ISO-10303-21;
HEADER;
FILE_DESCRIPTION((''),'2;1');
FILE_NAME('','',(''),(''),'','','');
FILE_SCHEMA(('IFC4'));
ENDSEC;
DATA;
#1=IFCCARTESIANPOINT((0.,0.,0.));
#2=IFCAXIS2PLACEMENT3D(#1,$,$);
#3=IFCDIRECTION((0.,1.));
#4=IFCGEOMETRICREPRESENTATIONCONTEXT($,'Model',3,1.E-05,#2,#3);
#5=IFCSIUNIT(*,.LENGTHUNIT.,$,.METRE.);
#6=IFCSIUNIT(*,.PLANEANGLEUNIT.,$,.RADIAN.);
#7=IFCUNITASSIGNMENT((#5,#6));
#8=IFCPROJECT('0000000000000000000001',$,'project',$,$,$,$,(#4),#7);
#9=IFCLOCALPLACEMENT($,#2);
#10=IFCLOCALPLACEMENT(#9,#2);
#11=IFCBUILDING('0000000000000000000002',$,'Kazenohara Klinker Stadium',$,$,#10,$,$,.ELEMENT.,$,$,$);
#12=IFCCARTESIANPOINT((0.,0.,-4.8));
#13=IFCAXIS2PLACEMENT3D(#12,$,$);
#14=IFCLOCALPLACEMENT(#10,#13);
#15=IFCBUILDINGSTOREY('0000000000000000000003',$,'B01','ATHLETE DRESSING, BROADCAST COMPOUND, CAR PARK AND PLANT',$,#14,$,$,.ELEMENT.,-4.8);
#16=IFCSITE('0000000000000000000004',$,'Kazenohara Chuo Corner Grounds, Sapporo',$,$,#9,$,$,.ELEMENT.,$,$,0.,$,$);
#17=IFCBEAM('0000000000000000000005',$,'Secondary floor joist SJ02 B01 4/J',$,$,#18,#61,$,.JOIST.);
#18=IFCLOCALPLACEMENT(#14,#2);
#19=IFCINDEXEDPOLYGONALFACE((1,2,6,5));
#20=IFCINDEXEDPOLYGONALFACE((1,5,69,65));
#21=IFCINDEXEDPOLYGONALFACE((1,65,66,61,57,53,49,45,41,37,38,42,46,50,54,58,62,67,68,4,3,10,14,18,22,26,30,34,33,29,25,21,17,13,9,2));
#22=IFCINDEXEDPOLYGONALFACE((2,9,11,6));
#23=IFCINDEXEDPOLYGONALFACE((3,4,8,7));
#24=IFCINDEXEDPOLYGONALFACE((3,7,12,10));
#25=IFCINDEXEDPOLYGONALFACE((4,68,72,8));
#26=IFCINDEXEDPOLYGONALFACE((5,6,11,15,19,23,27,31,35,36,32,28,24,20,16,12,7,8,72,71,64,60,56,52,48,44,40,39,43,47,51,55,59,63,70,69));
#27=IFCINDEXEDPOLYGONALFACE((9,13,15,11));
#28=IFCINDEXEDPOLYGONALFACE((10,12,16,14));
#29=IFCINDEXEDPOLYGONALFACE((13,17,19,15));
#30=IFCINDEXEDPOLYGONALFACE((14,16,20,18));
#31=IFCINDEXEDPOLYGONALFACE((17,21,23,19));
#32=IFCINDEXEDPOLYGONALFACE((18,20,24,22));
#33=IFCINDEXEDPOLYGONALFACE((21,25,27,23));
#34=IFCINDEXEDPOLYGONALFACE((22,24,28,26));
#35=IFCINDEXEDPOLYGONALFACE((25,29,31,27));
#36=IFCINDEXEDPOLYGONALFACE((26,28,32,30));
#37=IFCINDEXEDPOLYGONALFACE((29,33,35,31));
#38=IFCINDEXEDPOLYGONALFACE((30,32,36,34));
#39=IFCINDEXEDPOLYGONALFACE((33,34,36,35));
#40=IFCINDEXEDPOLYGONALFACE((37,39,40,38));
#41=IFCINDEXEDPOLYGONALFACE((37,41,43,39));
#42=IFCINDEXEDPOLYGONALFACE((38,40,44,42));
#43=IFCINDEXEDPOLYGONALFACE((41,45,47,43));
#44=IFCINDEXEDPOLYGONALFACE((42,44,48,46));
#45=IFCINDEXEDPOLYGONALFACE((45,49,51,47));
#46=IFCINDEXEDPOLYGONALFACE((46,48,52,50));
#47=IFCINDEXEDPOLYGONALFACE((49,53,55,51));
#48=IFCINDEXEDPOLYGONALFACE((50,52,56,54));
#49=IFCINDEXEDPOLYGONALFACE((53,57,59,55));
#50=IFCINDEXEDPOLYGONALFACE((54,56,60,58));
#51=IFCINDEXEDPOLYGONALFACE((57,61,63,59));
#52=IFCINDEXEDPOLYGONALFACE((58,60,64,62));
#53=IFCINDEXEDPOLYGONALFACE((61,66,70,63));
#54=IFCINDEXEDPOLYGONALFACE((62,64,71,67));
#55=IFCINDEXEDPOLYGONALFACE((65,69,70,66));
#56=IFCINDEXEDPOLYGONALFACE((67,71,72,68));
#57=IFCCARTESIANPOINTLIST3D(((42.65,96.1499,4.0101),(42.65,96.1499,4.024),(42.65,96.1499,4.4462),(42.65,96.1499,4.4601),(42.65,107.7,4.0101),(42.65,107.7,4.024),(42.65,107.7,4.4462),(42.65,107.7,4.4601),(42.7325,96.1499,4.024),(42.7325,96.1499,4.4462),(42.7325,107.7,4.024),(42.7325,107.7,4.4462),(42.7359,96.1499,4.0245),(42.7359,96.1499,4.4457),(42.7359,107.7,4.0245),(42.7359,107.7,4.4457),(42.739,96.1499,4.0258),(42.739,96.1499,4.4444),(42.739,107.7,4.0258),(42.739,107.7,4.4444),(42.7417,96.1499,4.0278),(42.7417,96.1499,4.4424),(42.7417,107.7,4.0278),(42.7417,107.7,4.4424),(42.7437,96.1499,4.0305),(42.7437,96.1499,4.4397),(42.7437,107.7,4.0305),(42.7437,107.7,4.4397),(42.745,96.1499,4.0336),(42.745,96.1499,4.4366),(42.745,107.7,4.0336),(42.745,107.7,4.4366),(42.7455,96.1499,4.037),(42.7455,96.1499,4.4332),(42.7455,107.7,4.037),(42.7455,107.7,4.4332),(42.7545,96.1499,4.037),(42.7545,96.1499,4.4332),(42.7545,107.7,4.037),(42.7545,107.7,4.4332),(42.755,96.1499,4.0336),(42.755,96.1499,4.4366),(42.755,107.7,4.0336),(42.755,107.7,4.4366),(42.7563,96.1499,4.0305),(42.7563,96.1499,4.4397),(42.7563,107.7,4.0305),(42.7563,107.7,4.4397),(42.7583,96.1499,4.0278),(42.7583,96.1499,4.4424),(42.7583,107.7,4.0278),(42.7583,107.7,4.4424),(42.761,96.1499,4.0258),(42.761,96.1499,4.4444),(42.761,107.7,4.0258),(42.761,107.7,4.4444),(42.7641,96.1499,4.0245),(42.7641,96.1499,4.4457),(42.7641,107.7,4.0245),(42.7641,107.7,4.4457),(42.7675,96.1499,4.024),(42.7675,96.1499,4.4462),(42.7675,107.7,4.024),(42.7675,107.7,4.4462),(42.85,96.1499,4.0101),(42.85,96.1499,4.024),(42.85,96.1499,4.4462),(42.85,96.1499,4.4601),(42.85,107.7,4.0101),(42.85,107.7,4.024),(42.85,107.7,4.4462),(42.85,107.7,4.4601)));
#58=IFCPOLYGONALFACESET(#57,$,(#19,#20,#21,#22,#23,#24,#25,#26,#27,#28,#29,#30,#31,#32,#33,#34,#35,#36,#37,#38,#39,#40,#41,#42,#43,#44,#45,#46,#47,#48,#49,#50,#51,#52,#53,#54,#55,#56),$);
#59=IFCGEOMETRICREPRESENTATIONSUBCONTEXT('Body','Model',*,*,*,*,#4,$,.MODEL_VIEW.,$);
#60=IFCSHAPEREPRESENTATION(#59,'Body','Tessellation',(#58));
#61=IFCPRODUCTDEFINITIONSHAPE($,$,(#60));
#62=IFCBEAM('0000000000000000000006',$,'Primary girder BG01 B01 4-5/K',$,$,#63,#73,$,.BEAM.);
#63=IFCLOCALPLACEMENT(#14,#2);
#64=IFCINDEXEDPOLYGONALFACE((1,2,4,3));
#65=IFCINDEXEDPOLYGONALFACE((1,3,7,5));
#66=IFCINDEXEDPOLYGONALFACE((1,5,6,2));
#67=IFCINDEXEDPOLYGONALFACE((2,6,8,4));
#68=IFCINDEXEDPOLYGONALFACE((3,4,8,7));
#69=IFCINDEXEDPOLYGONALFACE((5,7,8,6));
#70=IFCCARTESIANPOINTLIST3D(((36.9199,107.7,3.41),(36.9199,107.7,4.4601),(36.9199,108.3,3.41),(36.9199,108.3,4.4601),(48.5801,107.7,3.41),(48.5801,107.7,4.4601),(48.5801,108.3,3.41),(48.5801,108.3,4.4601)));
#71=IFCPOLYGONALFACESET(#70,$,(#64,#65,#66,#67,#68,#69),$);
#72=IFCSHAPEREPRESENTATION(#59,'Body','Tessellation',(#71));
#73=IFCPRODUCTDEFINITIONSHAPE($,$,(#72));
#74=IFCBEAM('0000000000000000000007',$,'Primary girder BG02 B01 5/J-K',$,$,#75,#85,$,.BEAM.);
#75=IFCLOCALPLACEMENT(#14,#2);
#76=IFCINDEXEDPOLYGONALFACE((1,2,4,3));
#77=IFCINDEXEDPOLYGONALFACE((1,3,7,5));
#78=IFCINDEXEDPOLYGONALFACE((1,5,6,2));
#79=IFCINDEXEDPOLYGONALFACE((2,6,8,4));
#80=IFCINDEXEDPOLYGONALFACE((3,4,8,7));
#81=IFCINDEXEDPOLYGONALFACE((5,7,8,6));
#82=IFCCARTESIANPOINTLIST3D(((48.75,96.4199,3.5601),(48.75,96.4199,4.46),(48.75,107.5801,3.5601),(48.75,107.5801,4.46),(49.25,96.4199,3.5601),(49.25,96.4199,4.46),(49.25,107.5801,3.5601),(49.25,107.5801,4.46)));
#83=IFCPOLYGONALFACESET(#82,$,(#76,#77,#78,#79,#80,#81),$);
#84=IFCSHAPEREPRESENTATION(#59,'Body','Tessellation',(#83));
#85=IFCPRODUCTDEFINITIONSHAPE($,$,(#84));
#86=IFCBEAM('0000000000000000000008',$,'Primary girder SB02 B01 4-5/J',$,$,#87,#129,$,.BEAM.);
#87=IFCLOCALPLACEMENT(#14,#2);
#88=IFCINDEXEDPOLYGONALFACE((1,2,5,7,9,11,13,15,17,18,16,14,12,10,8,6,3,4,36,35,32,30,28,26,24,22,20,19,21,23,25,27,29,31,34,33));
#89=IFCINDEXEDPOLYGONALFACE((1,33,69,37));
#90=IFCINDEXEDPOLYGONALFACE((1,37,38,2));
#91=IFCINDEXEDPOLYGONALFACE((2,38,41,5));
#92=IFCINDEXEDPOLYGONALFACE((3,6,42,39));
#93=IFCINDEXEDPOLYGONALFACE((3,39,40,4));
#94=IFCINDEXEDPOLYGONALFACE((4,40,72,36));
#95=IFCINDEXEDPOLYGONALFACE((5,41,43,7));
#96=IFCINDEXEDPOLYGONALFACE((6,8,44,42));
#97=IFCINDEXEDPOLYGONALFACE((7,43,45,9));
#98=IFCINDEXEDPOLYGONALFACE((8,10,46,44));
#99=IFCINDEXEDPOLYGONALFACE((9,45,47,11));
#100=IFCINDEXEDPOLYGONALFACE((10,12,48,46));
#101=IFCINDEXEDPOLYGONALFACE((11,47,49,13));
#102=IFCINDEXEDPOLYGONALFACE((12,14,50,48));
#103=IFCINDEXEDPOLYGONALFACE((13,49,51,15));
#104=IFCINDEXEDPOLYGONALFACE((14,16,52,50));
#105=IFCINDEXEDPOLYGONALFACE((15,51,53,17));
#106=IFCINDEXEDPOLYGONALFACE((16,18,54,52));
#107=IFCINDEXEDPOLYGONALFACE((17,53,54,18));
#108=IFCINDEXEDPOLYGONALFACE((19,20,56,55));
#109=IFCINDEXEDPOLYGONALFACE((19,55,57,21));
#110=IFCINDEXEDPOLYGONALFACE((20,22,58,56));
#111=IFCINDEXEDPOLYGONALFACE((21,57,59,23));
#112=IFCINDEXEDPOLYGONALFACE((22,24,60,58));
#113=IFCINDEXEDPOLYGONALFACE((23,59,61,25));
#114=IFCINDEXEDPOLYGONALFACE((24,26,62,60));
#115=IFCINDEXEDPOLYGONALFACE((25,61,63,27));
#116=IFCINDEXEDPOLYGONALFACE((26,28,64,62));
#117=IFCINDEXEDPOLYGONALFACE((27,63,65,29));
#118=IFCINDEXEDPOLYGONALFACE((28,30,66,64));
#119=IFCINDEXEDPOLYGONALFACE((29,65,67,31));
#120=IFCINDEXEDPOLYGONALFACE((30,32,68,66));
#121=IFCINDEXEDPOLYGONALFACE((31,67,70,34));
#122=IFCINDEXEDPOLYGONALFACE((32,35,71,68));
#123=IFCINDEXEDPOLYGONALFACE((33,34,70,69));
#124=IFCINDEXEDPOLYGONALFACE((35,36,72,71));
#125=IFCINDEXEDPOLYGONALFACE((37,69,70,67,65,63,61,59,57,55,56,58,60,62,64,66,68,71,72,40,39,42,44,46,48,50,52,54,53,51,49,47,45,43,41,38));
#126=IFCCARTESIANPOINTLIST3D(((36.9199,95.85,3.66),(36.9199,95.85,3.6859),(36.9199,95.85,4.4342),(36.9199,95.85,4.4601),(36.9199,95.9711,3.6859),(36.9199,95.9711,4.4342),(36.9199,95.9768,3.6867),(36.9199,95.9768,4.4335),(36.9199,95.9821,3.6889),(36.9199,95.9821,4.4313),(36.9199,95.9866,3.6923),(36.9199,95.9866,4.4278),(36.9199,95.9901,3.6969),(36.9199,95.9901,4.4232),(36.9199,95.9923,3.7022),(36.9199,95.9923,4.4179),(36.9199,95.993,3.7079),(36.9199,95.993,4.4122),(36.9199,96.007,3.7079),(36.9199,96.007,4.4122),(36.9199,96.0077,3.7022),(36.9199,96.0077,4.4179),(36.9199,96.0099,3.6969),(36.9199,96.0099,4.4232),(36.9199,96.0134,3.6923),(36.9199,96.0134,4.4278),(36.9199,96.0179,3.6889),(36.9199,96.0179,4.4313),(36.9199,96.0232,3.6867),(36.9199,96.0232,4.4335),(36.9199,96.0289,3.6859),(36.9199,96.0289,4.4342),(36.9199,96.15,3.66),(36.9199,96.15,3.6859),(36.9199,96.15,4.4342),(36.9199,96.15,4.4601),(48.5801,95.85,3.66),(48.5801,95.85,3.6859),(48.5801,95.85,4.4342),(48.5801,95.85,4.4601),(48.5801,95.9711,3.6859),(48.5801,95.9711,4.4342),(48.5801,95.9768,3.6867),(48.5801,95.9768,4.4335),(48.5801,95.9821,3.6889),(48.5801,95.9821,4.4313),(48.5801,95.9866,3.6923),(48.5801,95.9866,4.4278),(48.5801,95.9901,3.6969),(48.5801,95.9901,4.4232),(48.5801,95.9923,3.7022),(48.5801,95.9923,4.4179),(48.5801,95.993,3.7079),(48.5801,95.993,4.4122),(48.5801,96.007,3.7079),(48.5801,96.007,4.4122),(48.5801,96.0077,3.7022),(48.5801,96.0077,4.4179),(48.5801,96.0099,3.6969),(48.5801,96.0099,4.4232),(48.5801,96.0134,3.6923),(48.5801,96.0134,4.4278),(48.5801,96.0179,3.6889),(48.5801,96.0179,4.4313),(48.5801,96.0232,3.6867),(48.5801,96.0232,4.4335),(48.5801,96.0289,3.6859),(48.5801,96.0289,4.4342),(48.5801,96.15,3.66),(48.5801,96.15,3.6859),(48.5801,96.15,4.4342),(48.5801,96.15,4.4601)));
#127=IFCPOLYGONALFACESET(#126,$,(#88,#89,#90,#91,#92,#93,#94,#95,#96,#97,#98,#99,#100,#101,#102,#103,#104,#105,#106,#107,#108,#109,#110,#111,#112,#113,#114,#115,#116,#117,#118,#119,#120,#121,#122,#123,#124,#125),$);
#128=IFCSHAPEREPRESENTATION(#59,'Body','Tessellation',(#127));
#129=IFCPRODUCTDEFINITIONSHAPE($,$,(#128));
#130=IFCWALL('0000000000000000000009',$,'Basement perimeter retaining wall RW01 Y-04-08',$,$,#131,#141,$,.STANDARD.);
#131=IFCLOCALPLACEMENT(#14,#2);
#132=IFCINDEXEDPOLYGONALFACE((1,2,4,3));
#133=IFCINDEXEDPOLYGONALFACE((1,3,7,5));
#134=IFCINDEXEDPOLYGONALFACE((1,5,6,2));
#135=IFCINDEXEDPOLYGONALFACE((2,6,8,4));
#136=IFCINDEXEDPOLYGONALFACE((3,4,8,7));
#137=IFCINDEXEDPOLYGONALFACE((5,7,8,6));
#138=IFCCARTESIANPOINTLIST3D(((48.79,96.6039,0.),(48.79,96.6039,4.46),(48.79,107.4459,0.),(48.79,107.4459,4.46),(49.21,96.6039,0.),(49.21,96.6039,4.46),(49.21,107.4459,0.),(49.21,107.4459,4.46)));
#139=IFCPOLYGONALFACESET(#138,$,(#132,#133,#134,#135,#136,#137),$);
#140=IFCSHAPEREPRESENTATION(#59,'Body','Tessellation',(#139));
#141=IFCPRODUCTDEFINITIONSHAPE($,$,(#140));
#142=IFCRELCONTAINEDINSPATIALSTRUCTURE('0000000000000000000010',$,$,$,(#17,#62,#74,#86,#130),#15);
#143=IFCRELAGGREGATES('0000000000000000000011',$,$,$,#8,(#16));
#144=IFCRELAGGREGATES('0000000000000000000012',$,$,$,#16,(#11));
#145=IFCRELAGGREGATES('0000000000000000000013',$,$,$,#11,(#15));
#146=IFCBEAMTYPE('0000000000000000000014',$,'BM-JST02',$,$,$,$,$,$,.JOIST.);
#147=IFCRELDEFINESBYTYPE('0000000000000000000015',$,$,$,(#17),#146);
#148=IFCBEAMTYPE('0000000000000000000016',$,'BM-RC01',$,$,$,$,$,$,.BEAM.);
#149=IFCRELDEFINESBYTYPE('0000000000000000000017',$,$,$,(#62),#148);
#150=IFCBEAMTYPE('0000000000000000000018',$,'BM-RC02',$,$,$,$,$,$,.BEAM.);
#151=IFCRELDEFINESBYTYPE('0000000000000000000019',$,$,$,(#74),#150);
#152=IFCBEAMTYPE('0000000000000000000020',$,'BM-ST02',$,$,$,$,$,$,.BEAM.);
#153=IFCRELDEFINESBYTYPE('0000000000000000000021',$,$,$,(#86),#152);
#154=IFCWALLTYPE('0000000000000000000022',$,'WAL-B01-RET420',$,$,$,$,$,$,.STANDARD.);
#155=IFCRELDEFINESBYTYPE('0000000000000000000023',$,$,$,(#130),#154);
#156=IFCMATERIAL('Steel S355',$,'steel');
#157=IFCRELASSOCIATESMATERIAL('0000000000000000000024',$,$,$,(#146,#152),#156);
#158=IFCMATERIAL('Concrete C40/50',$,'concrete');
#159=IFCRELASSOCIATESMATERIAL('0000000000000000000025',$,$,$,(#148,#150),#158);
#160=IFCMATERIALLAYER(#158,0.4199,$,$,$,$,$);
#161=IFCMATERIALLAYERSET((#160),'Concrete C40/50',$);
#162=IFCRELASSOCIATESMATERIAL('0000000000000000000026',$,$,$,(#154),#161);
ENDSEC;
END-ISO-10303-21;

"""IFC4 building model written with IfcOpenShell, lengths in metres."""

from ifc_helpers import new_model, si_unit, direction, frame, frame_2d, origin, origin_2d, place, context, subcontext, project, spatial, rectangle, i_section, extrude, material, layer, layer_set, material_profile, profile_set, type_object, element, save


model = new_model("IFC4")

# Units and contexts
model_context = context("Model", 3, precision=1e-05, world=origin(), true_north=direction((0.0, 1.0)))
body_context = subcontext(model_context, "Body", "Model", "MODEL_VIEW")
ifc_project = project(units=[si_unit("LENGTHUNIT", "METRE"), si_unit("PLANEANGLEUNIT", "RADIAN")], contexts=[model_context])

# Site, building, storey
site_placement = place(None, origin())
site = spatial("IfcSite", under=ifc_project, at=site_placement, Name="Kazenohara Chuo Corner Grounds, Sapporo", CompositionType="ELEMENT", RefElevation=0.0)
building_placement = place(site_placement, origin())
building = spatial("IfcBuilding", under=site, at=building_placement, Name="Kazenohara Klinker Stadium", CompositionType="ELEMENT")
storey_placement = place(building_placement, frame((0.0, 0.0, -4.8)))
storey = spatial("IfcBuildingStorey", under=building, at=storey_placement, Name="B01", Description="ATHLETE DRESSING, BROADCAST COMPOUND, CAR PARK AND PLANT", CompositionType="ELEMENT", Elevation=-4.8)

# Shared definitions
ifc_material_1 = material(Name="Concrete C40/50", Category="concrete")

# Beams
ifc_material_2 = material(Name="Steel S355", Category="steel")
ifc_material_profile_1 = material_profile(ifc_material_2, i_section(OverallWidth=0.2, OverallDepth=0.45, WebThickness=0.009, FlangeThickness=0.0139, FilletRadius=0.0129, at=origin_2d()), Name="H-450x200x9x14")
ifc_profile_set_1 = profile_set([ifc_material_profile_1], Name="Steel S355")
beam_type_1 = type_object("IfcBeamType", Name="BM-JST02", PredefinedType="JOIST", material=ifc_profile_set_1)
beam_1_placement = place(storey_placement, frame((42.75, 96.1499, 4.2351), z_axis=(0.0, 1.0, 0.0), x_axis=(-1.0, 0.0, 0.0)))
element("IfcBeam", 1, at=beam_1_placement, inside=storey, type_object=beam_type_1, Name="Secondary floor joist SJ02 B01 4/J", PredefinedType="JOIST", context=body_context, shape_type="SweptSolid", body=[
    extrude(i_section(OverallWidth=0.2, OverallDepth=0.45, WebThickness=0.009, FlangeThickness=0.0139, FilletRadius=0.0129, at=origin_2d()), origin(), (0.0, 0.0, 1.0), 11.55),
])
ifc_material_profile_2 = material_profile(ifc_material_1, rectangle(XDim=0.6001, YDim=1.05, at=origin_2d()), Name="RC-BM-600x1050")
ifc_profile_set_2 = profile_set([ifc_material_profile_2], Name="Concrete C40/50")
beam_type_2 = type_object("IfcBeamType", Name="BM-RC01", PredefinedType="BEAM", material=ifc_profile_set_2)
beam_2_placement = place(storey_placement, frame((36.9199, 108.0, 3.9351), z_axis=(1.0, 0.0, 0.0), x_axis=(0.0, 1.0, 0.0)))
element("IfcBeam", 2, at=beam_2_placement, inside=storey, type_object=beam_type_2, Name="Primary girder BG01 B01 4-5/K", PredefinedType="BEAM", context=body_context, shape_type="SweptSolid", body=[
    extrude(rectangle(XDim=0.6001, YDim=1.05, at=origin_2d()), origin(), (0.0, 0.0, 1.0), 11.6602),
])
ifc_material_profile_3 = material_profile(ifc_material_1, rectangle(XDim=0.5, YDim=0.8999, at=origin_2d()), Name="RC-BM-500x900")
ifc_profile_set_3 = profile_set([ifc_material_profile_3], Name="Concrete C40/50")
beam_type_3 = type_object("IfcBeamType", Name="BM-RC02", PredefinedType="BEAM", material=ifc_profile_set_3)
beam_3_placement = place(storey_placement, frame((49.0, 96.4199, 4.01), z_axis=(0.0, 1.0, 0.0), x_axis=(-1.0, 0.0, 0.0)))
element("IfcBeam", 3, at=beam_3_placement, inside=storey, type_object=beam_type_3, Name="Primary girder BG02 B01 5/J-K", PredefinedType="BEAM", context=body_context, shape_type="SweptSolid", body=[
    extrude(rectangle(XDim=0.5, YDim=0.8999, at=origin_2d()), origin(), (0.0, 0.0, 1.0), 11.1602),
])
ifc_material_profile_4 = material_profile(ifc_material_2, i_section(OverallWidth=0.3, OverallDepth=0.8, WebThickness=0.0139, FlangeThickness=0.0259, FilletRadius=0.022, at=origin_2d()), Name="H-800x300x14x26")
ifc_profile_set_4 = profile_set([ifc_material_profile_4], Name="Steel S355")
beam_type_4 = type_object("IfcBeamType", Name="BM-ST02", PredefinedType="BEAM", material=ifc_profile_set_4)
beam_4_placement = place(storey_placement, frame((36.9199, 96.0, 4.0601), z_axis=(1.0, 0.0, 0.0), x_axis=(0.0, 1.0, 0.0)))
element("IfcBeam", 4, at=beam_4_placement, inside=storey, type_object=beam_type_4, Name="Primary girder SB02 B01 4-5/J", PredefinedType="BEAM", context=body_context, shape_type="SweptSolid", body=[
    extrude(i_section(OverallWidth=0.3, OverallDepth=0.8, WebThickness=0.0139, FlangeThickness=0.0259, FilletRadius=0.022, at=origin_2d()), origin(), (0.0, 0.0, 1.0), 11.6602),
])

# Wall
ifc_layer_1 = layer(ifc_material_1, 0.4199)
ifc_layer_set_1 = layer_set([ifc_layer_1], Name="Concrete C40/50")
wall_type_1 = type_object("IfcWallType", Name="WAL-B01-RET420", PredefinedType="STANDARD", material=ifc_layer_set_1)
wall_1_placement = place(storey_placement, frame((49.0, 96.604, 0.0), z_axis=(0.0, 0.0, 1.0), x_axis=(0.0, 1.0, 0.0)))
element("IfcWall", 5, at=wall_1_placement, inside=storey, type_object=wall_type_1, Name="Basement perimeter retaining wall RW01 Y-04-08", PredefinedType="STANDARD", context=body_context, shape_type="SweptSolid", body=[
    extrude(rectangle(XDim=10.842, YDim=0.4199, at=frame_2d((5.4209, 0.0))), origin(), (0.0, 0.0, 1.0), 4.46),
])

save(model, "model.ifc")
